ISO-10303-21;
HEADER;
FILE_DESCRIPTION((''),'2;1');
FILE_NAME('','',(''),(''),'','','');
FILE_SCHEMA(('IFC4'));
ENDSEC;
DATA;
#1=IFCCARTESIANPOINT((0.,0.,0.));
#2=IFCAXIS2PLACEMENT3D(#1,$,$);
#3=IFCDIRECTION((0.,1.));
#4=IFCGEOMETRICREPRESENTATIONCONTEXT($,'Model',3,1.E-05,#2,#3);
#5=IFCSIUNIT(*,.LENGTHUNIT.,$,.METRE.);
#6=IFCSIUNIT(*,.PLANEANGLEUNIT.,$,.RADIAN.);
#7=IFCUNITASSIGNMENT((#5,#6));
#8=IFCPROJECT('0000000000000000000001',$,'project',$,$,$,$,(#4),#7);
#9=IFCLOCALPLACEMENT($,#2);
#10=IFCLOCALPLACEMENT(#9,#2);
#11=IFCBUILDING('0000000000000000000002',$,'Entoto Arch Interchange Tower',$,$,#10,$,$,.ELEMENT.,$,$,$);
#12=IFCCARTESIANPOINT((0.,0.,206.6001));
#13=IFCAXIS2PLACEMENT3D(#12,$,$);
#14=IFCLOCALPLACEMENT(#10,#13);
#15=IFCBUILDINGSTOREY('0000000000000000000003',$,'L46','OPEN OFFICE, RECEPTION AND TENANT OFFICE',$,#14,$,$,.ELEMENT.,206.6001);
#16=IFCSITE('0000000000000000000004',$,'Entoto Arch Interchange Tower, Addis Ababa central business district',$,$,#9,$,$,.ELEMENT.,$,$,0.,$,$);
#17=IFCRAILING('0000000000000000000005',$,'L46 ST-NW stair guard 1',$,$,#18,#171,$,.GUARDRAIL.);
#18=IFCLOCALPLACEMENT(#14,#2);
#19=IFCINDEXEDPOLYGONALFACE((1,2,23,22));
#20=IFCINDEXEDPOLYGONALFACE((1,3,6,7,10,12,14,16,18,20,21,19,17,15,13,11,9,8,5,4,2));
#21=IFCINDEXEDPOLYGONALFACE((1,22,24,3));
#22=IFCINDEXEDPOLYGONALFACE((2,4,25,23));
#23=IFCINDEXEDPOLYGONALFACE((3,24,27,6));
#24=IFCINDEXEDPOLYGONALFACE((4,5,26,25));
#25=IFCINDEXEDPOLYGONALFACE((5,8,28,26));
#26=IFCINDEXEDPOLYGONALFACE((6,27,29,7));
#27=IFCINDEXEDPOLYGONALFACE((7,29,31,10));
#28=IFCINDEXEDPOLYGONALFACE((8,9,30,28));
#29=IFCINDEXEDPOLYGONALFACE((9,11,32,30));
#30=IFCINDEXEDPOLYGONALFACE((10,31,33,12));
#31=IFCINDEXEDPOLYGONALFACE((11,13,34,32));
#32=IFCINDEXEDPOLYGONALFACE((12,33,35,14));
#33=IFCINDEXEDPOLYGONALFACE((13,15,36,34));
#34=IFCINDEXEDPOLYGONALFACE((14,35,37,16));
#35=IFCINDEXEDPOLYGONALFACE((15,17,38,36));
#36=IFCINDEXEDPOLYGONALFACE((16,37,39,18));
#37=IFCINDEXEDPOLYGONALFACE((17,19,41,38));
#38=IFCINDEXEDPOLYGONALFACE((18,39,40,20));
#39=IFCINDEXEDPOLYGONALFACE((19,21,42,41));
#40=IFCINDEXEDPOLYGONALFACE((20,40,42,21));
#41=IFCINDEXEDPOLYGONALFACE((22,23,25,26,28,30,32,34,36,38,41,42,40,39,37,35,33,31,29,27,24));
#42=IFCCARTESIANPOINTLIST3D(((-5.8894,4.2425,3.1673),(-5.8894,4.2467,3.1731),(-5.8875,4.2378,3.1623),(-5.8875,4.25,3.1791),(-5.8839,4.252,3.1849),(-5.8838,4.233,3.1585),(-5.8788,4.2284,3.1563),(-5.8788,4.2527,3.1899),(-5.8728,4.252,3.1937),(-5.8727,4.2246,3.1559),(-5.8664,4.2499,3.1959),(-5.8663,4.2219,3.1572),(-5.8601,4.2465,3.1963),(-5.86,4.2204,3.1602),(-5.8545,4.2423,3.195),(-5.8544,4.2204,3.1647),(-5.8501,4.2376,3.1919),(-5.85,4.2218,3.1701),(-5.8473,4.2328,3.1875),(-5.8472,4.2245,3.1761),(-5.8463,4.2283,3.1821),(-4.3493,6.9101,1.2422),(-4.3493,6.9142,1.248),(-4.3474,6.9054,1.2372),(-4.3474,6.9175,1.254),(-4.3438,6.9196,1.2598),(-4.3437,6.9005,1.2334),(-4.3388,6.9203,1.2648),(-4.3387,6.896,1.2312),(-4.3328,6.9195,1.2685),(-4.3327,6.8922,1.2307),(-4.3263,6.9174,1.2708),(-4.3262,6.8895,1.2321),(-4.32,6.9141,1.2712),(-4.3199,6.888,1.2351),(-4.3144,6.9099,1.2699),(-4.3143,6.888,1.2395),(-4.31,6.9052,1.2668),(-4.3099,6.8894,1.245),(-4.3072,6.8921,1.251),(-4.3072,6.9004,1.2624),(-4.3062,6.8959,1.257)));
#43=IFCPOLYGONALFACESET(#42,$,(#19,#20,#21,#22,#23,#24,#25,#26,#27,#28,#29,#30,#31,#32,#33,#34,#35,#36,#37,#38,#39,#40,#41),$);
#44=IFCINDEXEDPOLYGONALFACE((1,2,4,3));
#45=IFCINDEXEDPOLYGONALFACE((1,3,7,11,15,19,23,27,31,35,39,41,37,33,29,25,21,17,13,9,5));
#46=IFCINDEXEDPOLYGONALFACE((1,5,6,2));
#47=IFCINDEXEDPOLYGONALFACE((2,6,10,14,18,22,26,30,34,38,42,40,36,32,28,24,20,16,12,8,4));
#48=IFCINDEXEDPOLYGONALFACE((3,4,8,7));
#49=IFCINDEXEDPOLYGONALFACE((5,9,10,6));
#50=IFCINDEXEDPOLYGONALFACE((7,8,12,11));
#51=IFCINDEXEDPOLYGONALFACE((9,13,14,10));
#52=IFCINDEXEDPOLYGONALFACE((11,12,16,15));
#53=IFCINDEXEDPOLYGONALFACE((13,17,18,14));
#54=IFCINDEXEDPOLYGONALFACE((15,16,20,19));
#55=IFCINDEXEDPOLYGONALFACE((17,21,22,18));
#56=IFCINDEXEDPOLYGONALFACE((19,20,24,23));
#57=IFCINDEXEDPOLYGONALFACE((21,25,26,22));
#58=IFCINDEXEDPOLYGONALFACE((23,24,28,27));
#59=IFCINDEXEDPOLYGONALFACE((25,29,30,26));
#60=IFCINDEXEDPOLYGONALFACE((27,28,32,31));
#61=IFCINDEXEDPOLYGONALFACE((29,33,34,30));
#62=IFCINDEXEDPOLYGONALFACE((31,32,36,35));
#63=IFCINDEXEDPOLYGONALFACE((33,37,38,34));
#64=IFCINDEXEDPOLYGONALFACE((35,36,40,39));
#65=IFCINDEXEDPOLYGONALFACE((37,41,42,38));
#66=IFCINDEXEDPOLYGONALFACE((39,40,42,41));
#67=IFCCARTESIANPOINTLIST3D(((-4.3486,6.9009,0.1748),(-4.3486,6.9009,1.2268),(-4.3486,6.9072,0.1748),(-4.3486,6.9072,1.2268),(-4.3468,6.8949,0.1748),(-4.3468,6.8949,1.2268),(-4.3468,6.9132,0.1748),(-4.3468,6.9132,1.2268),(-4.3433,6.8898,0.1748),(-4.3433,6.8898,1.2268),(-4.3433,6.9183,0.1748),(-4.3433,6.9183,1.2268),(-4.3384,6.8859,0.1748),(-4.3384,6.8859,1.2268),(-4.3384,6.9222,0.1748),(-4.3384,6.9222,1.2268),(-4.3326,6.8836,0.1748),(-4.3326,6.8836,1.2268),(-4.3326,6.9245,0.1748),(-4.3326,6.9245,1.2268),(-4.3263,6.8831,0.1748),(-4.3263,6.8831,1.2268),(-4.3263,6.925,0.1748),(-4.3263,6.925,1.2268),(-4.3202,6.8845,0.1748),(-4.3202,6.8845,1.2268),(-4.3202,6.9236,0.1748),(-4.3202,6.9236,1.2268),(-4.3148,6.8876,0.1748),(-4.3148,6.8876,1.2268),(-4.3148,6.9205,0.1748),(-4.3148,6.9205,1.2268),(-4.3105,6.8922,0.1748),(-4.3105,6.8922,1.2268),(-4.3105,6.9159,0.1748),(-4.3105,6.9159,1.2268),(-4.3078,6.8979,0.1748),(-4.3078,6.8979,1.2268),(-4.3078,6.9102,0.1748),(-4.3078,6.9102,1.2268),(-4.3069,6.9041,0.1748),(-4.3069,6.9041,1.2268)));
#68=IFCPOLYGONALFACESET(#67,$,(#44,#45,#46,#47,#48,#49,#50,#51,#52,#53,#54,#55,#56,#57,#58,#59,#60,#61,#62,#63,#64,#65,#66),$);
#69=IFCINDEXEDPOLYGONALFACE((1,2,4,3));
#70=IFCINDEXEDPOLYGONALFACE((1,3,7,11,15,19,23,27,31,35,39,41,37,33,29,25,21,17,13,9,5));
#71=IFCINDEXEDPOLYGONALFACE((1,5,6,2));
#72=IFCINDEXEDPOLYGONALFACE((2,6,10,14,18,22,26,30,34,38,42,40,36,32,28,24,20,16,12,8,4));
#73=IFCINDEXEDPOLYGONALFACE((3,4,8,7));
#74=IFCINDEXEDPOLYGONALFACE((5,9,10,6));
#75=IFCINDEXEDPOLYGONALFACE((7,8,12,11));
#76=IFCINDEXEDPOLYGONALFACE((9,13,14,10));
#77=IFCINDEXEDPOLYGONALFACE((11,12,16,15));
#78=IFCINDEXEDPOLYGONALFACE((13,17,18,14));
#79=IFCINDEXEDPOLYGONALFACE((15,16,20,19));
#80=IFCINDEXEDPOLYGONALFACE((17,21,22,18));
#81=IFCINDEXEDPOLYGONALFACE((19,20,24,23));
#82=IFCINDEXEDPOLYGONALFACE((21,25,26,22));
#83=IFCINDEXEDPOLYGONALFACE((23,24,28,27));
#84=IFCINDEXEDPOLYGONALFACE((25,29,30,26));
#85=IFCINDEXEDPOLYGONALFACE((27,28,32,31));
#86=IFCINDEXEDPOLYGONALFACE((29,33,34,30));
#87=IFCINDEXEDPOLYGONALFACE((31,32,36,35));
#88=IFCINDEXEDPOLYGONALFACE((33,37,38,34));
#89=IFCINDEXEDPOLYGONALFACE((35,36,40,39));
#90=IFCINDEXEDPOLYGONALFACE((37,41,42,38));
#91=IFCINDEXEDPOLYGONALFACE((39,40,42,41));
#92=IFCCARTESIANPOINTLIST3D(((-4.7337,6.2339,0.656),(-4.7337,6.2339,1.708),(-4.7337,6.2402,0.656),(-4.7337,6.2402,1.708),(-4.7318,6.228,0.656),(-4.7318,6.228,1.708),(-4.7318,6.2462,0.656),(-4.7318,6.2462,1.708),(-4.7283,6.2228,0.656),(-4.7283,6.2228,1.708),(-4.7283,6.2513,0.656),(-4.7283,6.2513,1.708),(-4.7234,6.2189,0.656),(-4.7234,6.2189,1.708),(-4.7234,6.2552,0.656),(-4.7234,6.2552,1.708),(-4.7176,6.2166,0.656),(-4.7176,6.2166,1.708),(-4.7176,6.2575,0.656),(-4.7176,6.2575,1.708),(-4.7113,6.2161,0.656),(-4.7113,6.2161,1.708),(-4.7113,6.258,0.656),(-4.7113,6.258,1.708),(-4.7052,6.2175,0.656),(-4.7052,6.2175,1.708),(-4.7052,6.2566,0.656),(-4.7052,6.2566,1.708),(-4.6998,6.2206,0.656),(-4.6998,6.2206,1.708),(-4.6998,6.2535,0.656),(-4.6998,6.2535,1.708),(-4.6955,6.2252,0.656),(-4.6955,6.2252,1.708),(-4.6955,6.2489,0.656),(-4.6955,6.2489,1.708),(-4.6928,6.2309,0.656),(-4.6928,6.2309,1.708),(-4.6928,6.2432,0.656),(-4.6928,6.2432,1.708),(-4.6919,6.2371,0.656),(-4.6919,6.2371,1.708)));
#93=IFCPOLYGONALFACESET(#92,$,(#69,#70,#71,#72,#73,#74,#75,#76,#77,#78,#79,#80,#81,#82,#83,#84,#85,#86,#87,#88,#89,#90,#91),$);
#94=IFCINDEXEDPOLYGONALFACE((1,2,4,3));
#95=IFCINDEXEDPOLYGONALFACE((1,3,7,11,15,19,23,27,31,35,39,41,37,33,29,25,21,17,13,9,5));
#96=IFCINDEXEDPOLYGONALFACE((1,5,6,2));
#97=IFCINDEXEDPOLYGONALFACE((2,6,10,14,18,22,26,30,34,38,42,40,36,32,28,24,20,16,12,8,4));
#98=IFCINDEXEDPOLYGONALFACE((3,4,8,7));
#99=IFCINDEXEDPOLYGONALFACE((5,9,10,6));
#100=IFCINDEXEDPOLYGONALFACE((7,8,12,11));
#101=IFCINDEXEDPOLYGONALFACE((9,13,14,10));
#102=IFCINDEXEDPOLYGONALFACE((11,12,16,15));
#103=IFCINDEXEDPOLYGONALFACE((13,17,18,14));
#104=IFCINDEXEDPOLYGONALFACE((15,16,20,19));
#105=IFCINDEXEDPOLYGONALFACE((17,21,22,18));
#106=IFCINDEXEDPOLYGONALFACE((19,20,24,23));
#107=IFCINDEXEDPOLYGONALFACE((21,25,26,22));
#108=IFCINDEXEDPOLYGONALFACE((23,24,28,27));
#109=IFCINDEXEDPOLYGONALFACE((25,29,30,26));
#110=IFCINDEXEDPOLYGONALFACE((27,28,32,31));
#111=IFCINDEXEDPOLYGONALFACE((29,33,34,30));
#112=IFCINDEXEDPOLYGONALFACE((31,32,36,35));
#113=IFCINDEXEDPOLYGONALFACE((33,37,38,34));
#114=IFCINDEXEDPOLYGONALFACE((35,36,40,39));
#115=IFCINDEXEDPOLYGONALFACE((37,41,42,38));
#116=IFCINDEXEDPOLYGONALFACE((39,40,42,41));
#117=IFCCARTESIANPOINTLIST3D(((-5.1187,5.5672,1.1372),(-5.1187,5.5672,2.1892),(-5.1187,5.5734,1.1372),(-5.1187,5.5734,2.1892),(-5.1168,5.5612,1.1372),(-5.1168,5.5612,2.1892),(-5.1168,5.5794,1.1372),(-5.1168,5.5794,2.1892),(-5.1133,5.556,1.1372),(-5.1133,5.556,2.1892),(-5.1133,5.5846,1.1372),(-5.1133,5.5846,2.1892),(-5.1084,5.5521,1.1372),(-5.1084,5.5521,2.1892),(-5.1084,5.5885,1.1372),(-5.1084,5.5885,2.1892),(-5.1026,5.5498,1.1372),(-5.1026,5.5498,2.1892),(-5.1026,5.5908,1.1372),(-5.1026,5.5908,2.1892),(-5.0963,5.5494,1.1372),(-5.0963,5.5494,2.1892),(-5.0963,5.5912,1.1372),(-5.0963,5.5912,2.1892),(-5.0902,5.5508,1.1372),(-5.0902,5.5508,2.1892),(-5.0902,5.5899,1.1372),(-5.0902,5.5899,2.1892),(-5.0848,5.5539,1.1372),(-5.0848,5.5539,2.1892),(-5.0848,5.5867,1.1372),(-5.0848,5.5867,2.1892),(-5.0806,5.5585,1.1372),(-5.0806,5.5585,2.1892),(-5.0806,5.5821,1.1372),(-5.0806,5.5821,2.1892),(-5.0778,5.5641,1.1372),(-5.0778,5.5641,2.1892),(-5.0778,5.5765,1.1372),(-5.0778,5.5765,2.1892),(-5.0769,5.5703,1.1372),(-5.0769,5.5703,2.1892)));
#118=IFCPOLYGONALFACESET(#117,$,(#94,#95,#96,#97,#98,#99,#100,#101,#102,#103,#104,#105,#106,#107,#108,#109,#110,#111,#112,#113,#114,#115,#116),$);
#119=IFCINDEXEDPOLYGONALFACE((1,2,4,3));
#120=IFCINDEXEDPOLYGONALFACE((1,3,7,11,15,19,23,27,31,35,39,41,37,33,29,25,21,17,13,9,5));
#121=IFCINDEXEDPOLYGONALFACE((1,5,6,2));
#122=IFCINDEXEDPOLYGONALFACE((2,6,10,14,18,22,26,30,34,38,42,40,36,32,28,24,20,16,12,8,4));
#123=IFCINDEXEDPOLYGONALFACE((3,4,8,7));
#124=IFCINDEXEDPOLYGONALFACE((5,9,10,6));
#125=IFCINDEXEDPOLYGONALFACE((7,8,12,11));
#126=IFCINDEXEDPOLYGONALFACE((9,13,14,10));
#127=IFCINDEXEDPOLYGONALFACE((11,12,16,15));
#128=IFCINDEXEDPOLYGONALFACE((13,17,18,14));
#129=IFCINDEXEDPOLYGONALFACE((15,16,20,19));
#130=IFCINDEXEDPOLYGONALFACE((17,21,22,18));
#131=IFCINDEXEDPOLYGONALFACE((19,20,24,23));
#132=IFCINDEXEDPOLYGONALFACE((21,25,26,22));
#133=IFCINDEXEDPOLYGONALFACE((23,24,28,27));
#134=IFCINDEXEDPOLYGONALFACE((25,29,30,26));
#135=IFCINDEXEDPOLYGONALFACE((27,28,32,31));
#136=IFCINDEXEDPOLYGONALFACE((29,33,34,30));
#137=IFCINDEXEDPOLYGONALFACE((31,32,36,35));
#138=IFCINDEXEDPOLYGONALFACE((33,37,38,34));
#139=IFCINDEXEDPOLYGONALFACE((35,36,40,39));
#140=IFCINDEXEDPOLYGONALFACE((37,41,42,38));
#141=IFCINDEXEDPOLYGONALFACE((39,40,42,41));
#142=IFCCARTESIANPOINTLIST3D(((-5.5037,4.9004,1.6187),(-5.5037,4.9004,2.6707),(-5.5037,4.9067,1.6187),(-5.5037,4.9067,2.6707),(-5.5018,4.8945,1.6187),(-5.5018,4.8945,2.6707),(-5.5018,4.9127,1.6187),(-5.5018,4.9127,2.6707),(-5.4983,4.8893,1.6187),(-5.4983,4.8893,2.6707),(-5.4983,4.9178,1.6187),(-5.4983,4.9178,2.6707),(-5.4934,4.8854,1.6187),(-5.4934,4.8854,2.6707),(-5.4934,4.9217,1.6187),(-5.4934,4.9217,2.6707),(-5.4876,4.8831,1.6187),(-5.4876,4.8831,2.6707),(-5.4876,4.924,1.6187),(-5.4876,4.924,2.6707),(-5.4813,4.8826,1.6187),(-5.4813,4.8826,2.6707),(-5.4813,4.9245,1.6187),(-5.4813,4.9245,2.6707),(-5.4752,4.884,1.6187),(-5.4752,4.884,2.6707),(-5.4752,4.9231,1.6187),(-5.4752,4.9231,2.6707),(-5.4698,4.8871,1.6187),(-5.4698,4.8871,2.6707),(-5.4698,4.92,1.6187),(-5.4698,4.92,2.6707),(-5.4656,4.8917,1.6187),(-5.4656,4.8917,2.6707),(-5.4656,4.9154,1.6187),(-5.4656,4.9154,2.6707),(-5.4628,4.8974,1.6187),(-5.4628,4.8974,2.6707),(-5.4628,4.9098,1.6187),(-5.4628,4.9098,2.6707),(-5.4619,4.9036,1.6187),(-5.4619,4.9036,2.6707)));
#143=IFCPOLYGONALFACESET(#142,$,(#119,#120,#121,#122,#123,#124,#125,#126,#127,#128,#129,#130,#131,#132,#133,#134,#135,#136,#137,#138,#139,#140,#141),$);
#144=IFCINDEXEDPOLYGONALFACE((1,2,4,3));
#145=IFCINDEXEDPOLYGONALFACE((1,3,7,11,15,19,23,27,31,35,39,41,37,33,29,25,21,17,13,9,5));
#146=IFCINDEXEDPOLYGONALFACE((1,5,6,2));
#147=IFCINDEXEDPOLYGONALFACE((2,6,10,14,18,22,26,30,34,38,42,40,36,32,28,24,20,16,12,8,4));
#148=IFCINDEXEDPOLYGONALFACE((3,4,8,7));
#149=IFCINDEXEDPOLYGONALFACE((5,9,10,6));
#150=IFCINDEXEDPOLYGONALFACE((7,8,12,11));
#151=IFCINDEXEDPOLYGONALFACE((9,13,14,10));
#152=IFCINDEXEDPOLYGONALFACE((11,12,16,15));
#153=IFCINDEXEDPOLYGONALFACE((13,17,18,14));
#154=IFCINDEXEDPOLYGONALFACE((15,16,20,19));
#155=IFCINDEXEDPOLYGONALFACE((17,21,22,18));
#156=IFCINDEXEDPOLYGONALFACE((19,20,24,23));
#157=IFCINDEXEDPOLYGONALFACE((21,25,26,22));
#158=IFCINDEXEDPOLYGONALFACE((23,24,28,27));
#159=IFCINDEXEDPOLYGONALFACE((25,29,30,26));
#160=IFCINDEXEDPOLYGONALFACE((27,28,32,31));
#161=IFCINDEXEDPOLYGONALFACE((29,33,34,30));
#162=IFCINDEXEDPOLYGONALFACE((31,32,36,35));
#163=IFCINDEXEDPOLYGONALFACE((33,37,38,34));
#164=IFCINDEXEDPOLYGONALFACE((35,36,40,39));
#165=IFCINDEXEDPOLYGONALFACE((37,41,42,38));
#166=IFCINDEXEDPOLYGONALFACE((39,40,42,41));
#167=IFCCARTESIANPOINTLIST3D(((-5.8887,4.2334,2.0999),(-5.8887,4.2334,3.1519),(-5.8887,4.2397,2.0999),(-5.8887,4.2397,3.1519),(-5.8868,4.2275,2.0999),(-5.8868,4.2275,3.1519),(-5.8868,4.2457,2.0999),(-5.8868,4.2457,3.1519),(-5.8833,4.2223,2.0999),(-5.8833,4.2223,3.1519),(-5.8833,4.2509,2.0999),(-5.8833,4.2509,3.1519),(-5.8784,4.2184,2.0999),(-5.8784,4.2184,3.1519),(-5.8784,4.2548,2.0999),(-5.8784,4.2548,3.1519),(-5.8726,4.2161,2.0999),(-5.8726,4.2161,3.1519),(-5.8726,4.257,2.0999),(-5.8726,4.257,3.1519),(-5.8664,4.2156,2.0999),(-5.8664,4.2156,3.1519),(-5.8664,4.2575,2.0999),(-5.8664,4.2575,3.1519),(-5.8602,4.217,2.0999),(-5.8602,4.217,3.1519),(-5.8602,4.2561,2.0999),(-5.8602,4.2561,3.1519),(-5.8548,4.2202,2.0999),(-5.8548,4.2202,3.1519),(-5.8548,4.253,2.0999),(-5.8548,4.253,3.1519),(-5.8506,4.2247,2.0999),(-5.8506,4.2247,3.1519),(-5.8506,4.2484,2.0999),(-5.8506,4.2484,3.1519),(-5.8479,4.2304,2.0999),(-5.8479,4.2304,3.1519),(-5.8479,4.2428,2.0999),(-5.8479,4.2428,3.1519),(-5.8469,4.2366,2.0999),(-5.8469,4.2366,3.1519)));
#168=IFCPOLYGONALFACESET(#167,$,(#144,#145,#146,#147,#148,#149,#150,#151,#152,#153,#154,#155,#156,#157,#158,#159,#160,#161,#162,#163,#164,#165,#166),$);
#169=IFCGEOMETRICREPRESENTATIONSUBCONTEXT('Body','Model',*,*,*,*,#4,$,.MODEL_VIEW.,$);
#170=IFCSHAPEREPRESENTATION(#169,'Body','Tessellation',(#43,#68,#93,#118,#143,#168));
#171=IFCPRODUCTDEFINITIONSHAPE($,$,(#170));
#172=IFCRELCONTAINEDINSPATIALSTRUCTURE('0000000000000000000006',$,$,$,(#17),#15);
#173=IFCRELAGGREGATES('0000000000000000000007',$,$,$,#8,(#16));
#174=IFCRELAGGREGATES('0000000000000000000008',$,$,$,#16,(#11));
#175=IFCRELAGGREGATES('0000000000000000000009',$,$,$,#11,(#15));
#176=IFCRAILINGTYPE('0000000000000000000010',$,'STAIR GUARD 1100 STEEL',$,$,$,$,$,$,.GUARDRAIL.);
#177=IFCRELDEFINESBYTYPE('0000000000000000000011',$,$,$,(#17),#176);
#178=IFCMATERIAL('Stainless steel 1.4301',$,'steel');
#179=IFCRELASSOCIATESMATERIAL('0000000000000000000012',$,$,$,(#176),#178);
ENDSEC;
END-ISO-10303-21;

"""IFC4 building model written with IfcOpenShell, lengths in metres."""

from ifc_helpers import new_model, si_unit, direction, frame, origin, origin_2d, place, context, subcontext, project, spatial, circle, extrude, material, type_object, element, save


model = new_model("IFC4")

# Units and contexts
model_context = context("Model", 3, precision=1e-05, world=origin(), true_north=direction((0.0, 1.0)))
body_context = subcontext(model_context, "Body", "Model", "MODEL_VIEW")
ifc_project = project(units=[si_unit("LENGTHUNIT", "METRE"), si_unit("PLANEANGLEUNIT", "RADIAN")], contexts=[model_context])

# Site, building, storey
site_placement = place(None, origin())
site = spatial("IfcSite", under=ifc_project, at=site_placement, Name="Entoto Arch Interchange Tower, Addis Ababa central business district", CompositionType="ELEMENT", RefElevation=0.0)
building_placement = place(site_placement, origin())
building = spatial("IfcBuilding", under=site, at=building_placement, Name="Entoto Arch Interchange Tower", CompositionType="ELEMENT")
storey_placement = place(building_placement, frame((0.0, 0.0, 206.6001)))
storey = spatial("IfcBuildingStorey", under=building, at=storey_placement, Name="L46", Description="OPEN OFFICE, RECEPTION AND TENANT OFFICE", CompositionType="ELEMENT", Elevation=206.6001)

# Railing
ifc_material_1 = material(Name="Stainless steel 1.4301", Category="steel")
railing_type_1 = type_object("IfcRailingType", Name="STAIR GUARD 1100 STEEL", PredefinedType="GUARDRAIL", material=ifc_material_1)
railing_1_placement = place(storey_placement, frame((-4.3279, 6.9041, 0.1748)))
element("IfcRailing", 1, at=railing_1_placement, inside=storey, type_object=railing_type_1, Name="L46 ST-NW stair guard 1", PredefinedType="GUARDRAIL", context=body_context, shape_type="SweptSolid", body=[
    extrude(circle(Radius=0.0239, at=origin_2d()), frame((0.0, 0.0, 1.0762), z_axis=(-0.423994, -0.734395, 0.529993), x_axis=(0.86603, -0.499992, 0.0)), (0.0, 0.0, 1.0), 3.6323),
    extrude(circle(Radius=0.021, at=origin_2d()), origin(), (0.0, 0.0, 1.0), 1.052),
    extrude(circle(Radius=0.021, at=origin_2d()), frame((-0.385, -0.667, 0.4812)), (0.0, 0.0, 1.0), 1.052),
    extrude(circle(Radius=0.021, at=origin_2d()), frame((-0.77, -1.3337, 0.9624)), (0.0, 0.0, 1.0), 1.052),
    extrude(circle(Radius=0.021, at=origin_2d()), frame((-1.155, -2.0005, 1.4438)), (0.0, 0.0, 1.0), 1.052),
    extrude(circle(Radius=0.021, at=origin_2d()), frame((-1.54, -2.6675, 1.925)), (0.0, 0.0, 1.0), 1.052),
])

save(model, "model.ifc")
